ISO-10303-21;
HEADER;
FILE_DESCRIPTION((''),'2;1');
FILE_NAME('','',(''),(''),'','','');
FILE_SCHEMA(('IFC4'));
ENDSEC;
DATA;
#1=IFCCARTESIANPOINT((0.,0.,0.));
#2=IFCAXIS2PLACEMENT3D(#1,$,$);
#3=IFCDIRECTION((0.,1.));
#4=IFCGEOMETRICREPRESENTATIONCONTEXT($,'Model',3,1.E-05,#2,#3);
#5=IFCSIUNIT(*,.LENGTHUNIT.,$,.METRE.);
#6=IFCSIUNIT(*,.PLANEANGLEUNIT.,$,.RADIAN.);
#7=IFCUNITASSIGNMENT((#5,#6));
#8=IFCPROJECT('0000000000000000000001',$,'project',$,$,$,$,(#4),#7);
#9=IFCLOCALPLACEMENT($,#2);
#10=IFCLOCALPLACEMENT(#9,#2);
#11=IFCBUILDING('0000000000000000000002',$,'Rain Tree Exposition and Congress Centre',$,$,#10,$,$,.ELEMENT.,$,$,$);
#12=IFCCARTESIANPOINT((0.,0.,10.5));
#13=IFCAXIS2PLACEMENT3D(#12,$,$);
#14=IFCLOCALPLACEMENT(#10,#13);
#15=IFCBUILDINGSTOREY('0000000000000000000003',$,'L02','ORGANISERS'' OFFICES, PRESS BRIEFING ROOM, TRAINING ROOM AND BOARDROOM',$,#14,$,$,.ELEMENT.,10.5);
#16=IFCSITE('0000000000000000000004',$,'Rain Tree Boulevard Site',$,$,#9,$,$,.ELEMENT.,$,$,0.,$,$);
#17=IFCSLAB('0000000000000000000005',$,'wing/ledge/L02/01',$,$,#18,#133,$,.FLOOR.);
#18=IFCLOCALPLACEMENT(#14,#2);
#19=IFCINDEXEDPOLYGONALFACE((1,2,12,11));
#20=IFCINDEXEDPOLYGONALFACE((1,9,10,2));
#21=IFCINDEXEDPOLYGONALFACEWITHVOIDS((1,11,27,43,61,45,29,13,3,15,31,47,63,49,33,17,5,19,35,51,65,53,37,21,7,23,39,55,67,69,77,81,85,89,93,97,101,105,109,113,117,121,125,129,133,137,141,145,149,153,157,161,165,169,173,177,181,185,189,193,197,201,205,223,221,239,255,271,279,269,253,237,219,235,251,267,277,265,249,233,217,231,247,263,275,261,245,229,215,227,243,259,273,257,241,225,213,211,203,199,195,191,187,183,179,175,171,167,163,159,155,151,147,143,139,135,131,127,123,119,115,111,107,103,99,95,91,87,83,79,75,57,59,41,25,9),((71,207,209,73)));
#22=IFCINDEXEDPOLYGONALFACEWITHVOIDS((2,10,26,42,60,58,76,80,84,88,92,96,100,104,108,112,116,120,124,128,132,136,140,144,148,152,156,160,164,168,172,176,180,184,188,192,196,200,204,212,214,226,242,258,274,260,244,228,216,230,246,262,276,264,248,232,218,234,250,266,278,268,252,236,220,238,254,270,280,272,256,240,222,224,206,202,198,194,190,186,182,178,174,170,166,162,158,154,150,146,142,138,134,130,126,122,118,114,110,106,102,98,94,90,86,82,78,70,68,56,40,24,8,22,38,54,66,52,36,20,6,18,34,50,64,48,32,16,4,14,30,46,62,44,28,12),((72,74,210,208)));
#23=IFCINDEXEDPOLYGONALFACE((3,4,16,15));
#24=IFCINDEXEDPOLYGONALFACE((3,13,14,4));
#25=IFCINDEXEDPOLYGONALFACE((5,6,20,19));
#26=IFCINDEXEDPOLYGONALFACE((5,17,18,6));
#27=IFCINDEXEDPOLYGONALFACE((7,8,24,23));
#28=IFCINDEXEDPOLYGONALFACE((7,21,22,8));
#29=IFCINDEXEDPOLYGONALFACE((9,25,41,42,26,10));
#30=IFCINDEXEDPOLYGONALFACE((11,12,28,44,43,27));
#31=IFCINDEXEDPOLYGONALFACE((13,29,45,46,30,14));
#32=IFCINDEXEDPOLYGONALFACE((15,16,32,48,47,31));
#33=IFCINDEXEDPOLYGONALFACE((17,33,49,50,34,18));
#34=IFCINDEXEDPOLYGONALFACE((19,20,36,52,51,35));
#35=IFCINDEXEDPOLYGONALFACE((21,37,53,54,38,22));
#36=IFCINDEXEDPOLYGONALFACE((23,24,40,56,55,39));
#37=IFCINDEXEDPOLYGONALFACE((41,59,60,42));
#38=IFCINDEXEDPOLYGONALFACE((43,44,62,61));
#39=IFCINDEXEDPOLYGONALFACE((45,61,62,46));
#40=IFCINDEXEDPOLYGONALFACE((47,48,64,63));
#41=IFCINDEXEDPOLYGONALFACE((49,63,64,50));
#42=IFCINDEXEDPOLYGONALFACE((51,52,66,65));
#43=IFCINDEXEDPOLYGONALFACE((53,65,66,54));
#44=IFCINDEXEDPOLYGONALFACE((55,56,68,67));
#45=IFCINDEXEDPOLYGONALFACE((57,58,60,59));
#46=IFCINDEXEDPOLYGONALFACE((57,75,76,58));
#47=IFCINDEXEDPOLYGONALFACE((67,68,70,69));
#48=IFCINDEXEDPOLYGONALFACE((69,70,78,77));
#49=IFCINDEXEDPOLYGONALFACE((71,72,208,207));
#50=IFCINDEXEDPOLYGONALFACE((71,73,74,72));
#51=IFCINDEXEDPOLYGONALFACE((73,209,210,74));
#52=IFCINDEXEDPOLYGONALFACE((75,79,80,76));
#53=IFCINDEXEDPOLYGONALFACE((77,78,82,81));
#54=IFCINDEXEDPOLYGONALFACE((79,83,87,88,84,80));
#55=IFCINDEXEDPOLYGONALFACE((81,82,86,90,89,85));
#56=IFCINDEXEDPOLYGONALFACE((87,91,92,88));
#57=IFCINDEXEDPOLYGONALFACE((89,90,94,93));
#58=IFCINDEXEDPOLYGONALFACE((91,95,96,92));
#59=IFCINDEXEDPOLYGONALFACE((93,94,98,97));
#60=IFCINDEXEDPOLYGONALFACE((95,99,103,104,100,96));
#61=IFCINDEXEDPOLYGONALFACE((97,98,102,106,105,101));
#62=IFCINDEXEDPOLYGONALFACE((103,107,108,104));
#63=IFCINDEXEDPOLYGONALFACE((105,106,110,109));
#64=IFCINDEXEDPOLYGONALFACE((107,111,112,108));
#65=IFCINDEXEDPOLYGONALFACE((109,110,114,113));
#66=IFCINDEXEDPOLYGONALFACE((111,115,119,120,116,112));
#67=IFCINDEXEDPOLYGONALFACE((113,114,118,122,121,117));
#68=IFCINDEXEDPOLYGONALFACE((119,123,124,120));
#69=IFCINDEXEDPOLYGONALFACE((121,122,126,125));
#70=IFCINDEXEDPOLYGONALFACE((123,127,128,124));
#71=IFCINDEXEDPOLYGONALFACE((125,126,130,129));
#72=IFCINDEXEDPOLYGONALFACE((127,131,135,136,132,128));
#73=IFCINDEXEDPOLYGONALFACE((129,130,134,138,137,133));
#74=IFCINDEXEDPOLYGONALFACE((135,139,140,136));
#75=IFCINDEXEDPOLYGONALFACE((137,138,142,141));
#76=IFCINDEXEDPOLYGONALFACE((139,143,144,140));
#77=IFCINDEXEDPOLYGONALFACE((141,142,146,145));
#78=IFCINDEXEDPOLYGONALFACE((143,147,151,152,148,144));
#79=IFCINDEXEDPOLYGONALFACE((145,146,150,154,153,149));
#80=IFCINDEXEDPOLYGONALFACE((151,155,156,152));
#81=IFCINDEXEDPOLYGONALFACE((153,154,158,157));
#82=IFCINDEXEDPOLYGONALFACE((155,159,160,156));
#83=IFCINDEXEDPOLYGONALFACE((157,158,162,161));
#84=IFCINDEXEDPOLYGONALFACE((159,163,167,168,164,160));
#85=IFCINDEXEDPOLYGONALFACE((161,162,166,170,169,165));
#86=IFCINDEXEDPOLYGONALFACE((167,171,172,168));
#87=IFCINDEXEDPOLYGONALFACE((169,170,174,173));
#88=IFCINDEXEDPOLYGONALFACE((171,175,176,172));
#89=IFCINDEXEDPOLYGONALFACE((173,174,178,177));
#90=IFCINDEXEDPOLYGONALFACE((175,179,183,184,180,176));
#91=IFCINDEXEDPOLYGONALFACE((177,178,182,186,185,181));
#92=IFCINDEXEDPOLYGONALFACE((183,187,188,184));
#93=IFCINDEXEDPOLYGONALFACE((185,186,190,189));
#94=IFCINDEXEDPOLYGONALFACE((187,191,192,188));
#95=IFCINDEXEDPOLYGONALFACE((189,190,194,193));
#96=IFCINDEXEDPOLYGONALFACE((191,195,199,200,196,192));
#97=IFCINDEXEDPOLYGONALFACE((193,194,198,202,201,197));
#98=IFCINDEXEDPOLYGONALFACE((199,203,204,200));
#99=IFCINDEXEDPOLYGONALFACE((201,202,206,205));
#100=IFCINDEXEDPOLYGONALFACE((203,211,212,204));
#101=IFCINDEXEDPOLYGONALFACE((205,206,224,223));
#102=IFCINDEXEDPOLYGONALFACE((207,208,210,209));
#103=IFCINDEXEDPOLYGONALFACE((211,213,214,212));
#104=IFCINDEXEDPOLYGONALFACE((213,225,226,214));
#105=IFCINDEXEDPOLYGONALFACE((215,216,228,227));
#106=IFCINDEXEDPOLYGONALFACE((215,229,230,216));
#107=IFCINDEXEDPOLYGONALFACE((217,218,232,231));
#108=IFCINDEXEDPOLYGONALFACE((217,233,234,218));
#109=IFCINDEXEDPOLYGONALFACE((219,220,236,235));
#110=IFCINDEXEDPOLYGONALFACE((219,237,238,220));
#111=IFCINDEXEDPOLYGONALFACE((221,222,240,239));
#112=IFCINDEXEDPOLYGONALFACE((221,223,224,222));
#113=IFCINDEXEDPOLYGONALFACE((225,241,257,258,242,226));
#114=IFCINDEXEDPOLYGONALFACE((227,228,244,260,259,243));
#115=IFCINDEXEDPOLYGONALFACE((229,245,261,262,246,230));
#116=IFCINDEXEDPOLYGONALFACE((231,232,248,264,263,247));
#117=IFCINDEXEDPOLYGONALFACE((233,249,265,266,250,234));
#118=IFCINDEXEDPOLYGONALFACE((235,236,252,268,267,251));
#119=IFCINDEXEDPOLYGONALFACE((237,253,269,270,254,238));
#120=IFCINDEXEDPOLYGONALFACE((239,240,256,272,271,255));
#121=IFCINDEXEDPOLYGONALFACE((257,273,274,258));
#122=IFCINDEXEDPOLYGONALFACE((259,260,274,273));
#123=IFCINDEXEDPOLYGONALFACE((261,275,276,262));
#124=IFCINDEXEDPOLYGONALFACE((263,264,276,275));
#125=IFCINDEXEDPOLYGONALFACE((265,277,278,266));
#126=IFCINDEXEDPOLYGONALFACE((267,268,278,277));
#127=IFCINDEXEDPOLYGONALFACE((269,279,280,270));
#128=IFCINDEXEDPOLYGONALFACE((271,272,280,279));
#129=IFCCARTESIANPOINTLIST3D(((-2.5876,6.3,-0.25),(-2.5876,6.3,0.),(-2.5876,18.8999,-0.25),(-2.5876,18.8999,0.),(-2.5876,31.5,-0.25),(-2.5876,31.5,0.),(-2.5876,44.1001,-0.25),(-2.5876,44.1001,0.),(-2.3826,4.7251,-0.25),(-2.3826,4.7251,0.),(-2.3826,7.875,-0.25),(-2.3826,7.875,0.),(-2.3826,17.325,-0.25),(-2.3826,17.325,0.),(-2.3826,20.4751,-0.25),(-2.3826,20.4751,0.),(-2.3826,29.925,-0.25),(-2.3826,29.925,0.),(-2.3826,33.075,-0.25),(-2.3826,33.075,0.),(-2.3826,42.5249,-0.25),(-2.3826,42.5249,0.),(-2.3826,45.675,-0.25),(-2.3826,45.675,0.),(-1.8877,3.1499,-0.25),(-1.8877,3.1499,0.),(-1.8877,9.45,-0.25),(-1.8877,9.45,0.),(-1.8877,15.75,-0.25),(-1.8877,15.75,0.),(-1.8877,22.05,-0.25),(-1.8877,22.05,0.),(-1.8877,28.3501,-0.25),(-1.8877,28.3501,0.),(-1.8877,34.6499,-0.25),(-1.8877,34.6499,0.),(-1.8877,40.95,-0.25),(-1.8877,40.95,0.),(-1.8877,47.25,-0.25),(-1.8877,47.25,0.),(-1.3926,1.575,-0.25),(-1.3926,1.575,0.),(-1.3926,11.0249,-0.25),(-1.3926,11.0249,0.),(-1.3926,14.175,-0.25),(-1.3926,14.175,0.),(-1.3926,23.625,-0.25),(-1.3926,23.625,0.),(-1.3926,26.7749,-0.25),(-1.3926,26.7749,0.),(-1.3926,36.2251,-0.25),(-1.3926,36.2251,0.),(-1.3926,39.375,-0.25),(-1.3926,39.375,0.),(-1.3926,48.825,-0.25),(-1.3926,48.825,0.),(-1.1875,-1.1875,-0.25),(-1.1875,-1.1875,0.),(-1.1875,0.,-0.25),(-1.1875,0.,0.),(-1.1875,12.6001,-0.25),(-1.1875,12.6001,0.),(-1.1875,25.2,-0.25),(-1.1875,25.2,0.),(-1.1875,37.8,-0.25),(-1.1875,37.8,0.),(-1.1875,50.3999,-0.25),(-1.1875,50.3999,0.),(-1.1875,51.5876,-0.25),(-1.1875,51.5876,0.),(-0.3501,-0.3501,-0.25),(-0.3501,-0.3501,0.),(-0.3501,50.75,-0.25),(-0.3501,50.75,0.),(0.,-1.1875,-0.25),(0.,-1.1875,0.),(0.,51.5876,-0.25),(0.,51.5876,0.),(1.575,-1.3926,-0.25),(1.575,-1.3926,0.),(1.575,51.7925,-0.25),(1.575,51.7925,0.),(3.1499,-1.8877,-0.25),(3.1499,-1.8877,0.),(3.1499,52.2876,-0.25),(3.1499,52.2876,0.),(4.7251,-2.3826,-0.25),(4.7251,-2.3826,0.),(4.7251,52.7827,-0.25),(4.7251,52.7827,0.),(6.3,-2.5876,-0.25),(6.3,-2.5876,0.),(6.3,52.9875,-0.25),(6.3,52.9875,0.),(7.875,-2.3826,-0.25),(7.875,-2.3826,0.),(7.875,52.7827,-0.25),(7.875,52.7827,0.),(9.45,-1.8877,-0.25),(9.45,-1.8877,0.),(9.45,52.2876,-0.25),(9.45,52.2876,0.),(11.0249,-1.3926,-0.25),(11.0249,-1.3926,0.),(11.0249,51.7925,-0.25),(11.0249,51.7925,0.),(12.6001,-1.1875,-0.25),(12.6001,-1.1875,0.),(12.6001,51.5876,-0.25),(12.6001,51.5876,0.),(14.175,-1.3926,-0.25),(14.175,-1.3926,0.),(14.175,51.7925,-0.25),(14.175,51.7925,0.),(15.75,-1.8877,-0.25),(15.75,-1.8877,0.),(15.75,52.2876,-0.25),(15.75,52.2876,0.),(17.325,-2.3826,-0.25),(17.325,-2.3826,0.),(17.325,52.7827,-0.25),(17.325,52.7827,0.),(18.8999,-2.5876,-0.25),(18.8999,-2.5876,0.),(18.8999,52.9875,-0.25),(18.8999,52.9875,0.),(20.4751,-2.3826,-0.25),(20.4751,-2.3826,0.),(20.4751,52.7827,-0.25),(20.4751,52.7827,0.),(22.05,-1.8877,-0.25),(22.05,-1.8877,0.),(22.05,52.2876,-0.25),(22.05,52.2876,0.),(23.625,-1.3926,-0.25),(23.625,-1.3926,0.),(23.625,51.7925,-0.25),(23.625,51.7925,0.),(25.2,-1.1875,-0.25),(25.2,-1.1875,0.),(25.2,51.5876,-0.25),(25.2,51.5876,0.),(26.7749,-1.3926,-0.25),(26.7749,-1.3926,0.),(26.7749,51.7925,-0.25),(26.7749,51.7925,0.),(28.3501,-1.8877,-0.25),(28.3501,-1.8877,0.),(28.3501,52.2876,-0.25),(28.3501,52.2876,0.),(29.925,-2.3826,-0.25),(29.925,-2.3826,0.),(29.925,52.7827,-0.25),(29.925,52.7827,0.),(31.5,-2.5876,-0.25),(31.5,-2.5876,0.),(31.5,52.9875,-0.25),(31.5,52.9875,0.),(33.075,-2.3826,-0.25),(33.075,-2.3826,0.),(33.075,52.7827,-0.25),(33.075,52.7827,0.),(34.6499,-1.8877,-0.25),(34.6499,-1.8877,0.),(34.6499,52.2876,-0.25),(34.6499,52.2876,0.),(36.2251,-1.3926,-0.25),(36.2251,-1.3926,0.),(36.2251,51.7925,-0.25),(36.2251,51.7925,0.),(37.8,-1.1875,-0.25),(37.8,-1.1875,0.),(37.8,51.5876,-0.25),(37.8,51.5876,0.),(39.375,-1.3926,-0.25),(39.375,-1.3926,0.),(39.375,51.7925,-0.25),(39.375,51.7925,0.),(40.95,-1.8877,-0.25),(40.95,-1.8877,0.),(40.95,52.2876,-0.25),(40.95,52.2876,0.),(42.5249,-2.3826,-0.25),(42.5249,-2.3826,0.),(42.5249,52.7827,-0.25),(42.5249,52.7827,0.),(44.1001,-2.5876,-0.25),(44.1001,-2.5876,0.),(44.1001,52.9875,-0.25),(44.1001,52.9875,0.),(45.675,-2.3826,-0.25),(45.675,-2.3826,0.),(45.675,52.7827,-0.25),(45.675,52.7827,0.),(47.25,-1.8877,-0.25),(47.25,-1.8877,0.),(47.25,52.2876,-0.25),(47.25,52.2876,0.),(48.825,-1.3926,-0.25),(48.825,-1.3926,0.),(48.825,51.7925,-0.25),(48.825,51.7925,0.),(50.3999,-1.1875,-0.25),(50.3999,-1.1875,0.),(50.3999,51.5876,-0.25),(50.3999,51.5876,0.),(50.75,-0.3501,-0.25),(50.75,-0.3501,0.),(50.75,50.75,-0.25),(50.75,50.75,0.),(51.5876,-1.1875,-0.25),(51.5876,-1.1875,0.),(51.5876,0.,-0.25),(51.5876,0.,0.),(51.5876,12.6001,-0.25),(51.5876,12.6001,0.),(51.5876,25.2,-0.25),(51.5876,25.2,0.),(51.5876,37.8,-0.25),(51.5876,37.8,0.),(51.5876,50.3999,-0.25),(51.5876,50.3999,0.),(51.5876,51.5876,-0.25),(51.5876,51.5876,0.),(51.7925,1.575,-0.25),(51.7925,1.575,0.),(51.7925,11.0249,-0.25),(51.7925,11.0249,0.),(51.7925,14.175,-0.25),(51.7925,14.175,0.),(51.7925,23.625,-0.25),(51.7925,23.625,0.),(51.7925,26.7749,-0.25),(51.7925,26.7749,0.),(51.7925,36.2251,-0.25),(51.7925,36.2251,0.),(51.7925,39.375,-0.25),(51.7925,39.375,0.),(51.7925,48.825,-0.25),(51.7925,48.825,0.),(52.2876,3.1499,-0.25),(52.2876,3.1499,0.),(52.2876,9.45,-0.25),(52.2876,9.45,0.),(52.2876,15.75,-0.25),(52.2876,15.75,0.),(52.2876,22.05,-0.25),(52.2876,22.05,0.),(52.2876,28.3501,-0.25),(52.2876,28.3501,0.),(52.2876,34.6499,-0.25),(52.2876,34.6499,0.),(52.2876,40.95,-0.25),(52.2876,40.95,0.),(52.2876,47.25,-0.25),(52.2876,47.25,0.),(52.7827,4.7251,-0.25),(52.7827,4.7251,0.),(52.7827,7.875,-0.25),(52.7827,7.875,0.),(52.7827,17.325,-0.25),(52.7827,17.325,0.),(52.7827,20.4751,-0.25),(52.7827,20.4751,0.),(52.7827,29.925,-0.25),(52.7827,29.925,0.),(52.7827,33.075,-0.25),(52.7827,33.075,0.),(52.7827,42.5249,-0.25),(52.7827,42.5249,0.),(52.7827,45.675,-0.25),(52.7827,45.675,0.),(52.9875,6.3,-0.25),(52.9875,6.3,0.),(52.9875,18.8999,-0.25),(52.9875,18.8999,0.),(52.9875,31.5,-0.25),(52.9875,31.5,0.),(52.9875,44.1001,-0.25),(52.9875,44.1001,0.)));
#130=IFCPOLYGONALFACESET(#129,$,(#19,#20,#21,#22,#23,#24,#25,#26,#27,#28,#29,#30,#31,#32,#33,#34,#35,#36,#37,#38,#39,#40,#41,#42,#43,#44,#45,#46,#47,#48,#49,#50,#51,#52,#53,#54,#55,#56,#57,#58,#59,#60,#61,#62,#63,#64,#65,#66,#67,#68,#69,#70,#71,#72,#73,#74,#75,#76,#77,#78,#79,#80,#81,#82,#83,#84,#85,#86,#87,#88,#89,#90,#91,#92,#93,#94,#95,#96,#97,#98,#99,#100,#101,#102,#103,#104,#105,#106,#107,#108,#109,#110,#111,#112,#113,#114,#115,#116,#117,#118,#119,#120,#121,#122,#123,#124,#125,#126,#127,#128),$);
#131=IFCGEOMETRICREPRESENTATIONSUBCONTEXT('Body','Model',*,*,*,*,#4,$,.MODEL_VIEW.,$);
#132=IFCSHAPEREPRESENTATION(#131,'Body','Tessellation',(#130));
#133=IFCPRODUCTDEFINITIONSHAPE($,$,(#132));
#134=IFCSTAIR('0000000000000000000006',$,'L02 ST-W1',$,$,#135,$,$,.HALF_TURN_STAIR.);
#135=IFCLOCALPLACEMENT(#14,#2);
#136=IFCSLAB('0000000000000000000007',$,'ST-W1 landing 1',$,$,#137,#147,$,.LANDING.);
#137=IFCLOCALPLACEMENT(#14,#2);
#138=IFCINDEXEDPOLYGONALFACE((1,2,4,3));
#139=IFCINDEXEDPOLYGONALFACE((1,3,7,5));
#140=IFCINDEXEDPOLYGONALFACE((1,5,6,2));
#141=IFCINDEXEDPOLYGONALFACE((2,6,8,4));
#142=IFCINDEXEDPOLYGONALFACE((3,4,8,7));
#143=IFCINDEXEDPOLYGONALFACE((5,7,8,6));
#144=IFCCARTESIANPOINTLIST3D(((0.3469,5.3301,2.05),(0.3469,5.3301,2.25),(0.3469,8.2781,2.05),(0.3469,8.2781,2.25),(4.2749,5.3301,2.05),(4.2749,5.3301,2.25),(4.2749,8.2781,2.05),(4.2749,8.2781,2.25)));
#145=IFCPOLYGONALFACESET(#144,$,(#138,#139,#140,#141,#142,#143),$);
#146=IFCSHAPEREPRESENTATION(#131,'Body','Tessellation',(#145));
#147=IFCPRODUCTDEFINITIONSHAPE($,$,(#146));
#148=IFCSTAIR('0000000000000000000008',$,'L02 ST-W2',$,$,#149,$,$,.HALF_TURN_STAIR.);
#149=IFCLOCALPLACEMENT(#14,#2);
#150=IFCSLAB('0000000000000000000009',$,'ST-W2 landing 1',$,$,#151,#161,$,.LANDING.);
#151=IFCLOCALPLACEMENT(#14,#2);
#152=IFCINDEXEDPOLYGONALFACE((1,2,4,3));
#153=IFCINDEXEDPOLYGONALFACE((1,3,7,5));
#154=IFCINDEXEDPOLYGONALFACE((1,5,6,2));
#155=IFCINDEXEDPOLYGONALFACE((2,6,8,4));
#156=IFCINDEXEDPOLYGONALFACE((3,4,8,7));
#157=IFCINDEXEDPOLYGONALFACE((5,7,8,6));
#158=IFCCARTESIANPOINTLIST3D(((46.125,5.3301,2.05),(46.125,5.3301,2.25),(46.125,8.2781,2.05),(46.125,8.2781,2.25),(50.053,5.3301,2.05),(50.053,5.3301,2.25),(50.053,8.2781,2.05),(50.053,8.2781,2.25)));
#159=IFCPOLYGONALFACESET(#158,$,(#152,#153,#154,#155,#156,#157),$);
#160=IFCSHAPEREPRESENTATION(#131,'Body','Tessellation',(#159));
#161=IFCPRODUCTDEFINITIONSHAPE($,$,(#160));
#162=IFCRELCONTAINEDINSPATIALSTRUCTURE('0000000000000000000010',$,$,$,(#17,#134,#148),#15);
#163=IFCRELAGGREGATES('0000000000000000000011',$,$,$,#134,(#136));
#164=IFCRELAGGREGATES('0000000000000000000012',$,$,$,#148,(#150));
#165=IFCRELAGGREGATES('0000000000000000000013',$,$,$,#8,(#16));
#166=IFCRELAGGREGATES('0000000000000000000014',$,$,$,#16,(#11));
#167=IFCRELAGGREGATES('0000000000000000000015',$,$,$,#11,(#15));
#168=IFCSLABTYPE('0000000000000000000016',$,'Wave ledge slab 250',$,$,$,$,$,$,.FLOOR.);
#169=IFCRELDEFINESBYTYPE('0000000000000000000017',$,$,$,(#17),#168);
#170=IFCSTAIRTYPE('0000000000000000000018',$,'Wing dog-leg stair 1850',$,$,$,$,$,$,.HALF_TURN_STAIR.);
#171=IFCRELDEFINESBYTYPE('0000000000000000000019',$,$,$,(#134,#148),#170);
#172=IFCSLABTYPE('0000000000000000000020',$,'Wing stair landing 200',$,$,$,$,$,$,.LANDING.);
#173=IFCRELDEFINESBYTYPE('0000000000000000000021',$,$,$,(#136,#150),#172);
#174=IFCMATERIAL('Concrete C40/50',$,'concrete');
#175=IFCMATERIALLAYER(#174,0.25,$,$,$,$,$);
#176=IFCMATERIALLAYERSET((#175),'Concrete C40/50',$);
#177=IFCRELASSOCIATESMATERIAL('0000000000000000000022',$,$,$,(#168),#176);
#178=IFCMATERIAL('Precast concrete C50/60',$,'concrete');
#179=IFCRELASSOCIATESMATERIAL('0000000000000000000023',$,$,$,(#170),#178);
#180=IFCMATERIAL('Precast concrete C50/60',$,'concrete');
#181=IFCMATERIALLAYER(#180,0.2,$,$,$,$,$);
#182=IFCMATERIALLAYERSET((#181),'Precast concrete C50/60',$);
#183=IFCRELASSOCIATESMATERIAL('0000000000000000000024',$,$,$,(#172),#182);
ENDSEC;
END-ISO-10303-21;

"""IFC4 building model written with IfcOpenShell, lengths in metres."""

from ifc_helpers import new_model, si_unit, direction, frame, origin, place, context, subcontext, project, spatial, polyline, outline, extrude, material, layer, layer_set, type_object, element, aggregate, save


model = new_model("IFC4")

# Units and contexts
model_context = context("Model", 3, precision=1e-05, world=origin(), true_north=direction((0.0, 1.0)))
body_context = subcontext(model_context, "Body", "Model", "MODEL_VIEW")
ifc_project = project(units=[si_unit("LENGTHUNIT", "METRE"), si_unit("PLANEANGLEUNIT", "RADIAN")], contexts=[model_context])

# Site, building, storey
site_placement = place(None, origin())
site = spatial("IfcSite", under=ifc_project, at=site_placement, Name="Rain Tree Boulevard Site", CompositionType="ELEMENT", RefElevation=0.0)
building_placement = place(site_placement, origin())
building = spatial("IfcBuilding", under=site, at=building_placement, Name="Rain Tree Exposition and Congress Centre", CompositionType="ELEMENT")
storey_placement = place(building_placement, frame((0.0, 0.0, 10.5)))
storey = spatial("IfcBuildingStorey", under=building, at=storey_placement, Name="L02", Description="ORGANISERS' OFFICES, PRESS BRIEFING ROOM, TRAINING ROOM AND BOARDROOM", CompositionType="ELEMENT", Elevation=10.5)

# Slab
ifc_material_1 = material(Name="Concrete C40/50", Category="concrete")
ifc_layer_1 = layer(ifc_material_1, 0.25)
ifc_layer_set_1 = layer_set([ifc_layer_1], Name="Concrete C40/50")
slab_type_1 = type_object("IfcSlabType", Name="Wave ledge slab 250", PredefinedType="FLOOR", material=ifc_layer_set_1)
slab_1_placement = place(storey_placement, frame((0.0, 0.0, -0.25)))
element("IfcSlab", 1, at=slab_1_placement, inside=storey, type_object=slab_type_1, Name="wing/ledge/L02/01", PredefinedType="FLOOR", context=body_context, shape_type="SweptSolid", body=[
    extrude(outline(polyline([(-1.1875, -1.1875), (0.0, -1.1875), (1.575, -1.3926), (3.1499, -1.8877), (4.7251, -2.3826), (6.3, -2.5876), (7.875, -2.3826), (9.45, -1.8877), (11.0249, -1.3926), (12.6001, -1.1875), (14.175, -1.3926), (15.75, -1.8877), (17.325, -2.3826), (18.8999, -2.5876), (20.4751, -2.3826), (22.05, -1.8877), (23.625, -1.3926), (25.2, -1.1875), (26.7749, -1.3926), (28.3501, -1.8877), (29.925, -2.3826), (31.5, -2.5876), (33.075, -2.3826), (34.6499, -1.8877), (36.2251, -1.3926), (37.8, -1.1875), (39.375, -1.3926), (40.95, -1.8877), (42.5249, -2.3826), (44.1001, -2.5876), (45.675, -2.3826), (47.25, -1.8877), (48.825, -1.3926), (50.3999, -1.1875), (51.5876, -1.1875), (51.5876, 0.0), (51.7925, 1.575), (52.2876, 3.1499), (52.7827, 4.7251), (52.9875, 6.3), (52.7827, 7.875), (52.2876, 9.45), (51.7925, 11.0249), (51.5876, 12.6001), (51.7925, 14.175), (52.2876, 15.75), (52.7827, 17.325), (52.9875, 18.8999), (52.7827, 20.4751), (52.2876, 22.05), (51.7925, 23.625), (51.5876, 25.2), (51.7925, 26.7749), (52.2876, 28.3501), (52.7827, 29.925), (52.9875, 31.5), (52.7827, 33.075), (52.2876, 34.6499), (51.7925, 36.2251), (51.5876, 37.8), (51.7925, 39.375), (52.2876, 40.95), (52.7827, 42.5249), (52.9875, 44.1001), (52.7827, 45.675), (52.2876, 47.25), (51.7925, 48.825), (51.5876, 50.3999), (51.5876, 51.5876), (50.3999, 51.5876), (48.825, 51.7925), (47.25, 52.2876), (45.675, 52.7827), (44.1001, 52.9875), (42.5249, 52.7827), (40.95, 52.2876), (39.375, 51.7925), (37.8, 51.5876), (36.2251, 51.7925), (34.6499, 52.2876), (33.075, 52.7827), (31.5, 52.9875), (29.925, 52.7827), (28.3501, 52.2876), (26.7749, 51.7925), (25.2, 51.5876), (23.625, 51.7925), (22.05, 52.2876), (20.4751, 52.7827), (18.8999, 52.9875), (17.325, 52.7827), (15.75, 52.2876), (14.175, 51.7925), (12.6001, 51.5876), (11.0249, 51.7925), (9.45, 52.2876), (7.875, 52.7827), (6.3, 52.9875), (4.7251, 52.7827), (3.1499, 52.2876), (1.575, 51.7925), (0.0, 51.5876), (-1.1875, 51.5876), (-1.1875, 50.3999), (-1.3926, 48.825), (-1.8877, 47.25), (-2.3826, 45.675), (-2.5876, 44.1001), (-2.3826, 42.5249), (-1.8877, 40.95), (-1.3926, 39.375), (-1.1875, 37.8), (-1.3926, 36.2251), (-1.8877, 34.6499), (-2.3826, 33.075), (-2.5876, 31.5), (-2.3826, 29.925), (-1.8877, 28.3501), (-1.3926, 26.7749), (-1.1875, 25.2), (-1.3926, 23.625), (-1.8877, 22.05), (-2.3826, 20.4751), (-2.5876, 18.8999), (-2.3826, 17.325), (-1.8877, 15.75), (-1.3926, 14.175), (-1.1875, 12.6001), (-1.3926, 11.0249), (-1.8877, 9.45), (-2.3826, 7.875), (-2.5876, 6.3), (-2.3826, 4.7251), (-1.8877, 3.1499), (-1.3926, 1.575), (-1.1875, 0.0), (-1.1875, -1.1875)]), holes=[polyline([(50.75, 50.75), (50.75, -0.3501), (-0.3501, -0.3501), (-0.3501, 50.75), (50.75, 50.75)])]), origin(), (0.0, 0.0, 1.0), 0.25),
])

# Stairs, slabs
ifc_material_2 = material(Name="Precast concrete C50/60", Category="concrete")
stair_type = type_object("IfcStairType", Name="Wing dog-leg stair 1850", PredefinedType="HALF_TURN_STAIR", material=ifc_material_2)
stair_1_placement = place(storey_placement, origin())
stair_1 = element("IfcStair", 2, at=stair_1_placement, inside=storey, type_object=stair_type, Name="L02 ST-W1", PredefinedType="HALF_TURN_STAIR")
ifc_material_3 = material(Name="Precast concrete C50/60", Category="concrete")
ifc_layer_2 = layer(ifc_material_3, 0.2)
ifc_layer_set_2 = layer_set([ifc_layer_2], Name="Precast concrete C50/60")
slab_type_2 = type_object("IfcSlabType", Name="Wing stair landing 200", PredefinedType="LANDING", material=ifc_layer_set_2)
slab_2_placement = place(storey_placement, frame((0.0, 0.0, 2.05)))
slab_2 = element("IfcSlab", 3, at=slab_2_placement, type_object=slab_type_2, Name="ST-W1 landing 1", PredefinedType="LANDING", context=body_context, shape_type="SweptSolid", body=[
    extrude(outline(polyline([(4.2749, 5.3301), (4.2749, 8.2781), (0.3469, 8.2781), (0.3469, 5.3301), (4.2749, 5.3301)])), origin(), (0.0, 0.0, 1.0), 0.2),
])
aggregate(stair_1, [slab_2])
stair_2_placement = place(storey_placement, origin())
stair_2 = element("IfcStair", 4, at=stair_2_placement, inside=storey, type_object=stair_type, Name="L02 ST-W2", PredefinedType="HALF_TURN_STAIR")
slab_3_placement = place(storey_placement, frame((0.0, 0.0, 2.05)))
slab_3 = element("IfcSlab", 5, at=slab_3_placement, type_object=slab_type_2, Name="ST-W2 landing 1", PredefinedType="LANDING", context=body_context, shape_type="SweptSolid", body=[
    extrude(outline(polyline([(46.125, 5.3301), (46.125, 8.2781), (50.053, 8.2781), (50.053, 5.3301), (46.125, 5.3301)])), origin(), (0.0, 0.0, 1.0), 0.2),
])
aggregate(stair_2, [slab_3])

save(model, "model.ifc")
